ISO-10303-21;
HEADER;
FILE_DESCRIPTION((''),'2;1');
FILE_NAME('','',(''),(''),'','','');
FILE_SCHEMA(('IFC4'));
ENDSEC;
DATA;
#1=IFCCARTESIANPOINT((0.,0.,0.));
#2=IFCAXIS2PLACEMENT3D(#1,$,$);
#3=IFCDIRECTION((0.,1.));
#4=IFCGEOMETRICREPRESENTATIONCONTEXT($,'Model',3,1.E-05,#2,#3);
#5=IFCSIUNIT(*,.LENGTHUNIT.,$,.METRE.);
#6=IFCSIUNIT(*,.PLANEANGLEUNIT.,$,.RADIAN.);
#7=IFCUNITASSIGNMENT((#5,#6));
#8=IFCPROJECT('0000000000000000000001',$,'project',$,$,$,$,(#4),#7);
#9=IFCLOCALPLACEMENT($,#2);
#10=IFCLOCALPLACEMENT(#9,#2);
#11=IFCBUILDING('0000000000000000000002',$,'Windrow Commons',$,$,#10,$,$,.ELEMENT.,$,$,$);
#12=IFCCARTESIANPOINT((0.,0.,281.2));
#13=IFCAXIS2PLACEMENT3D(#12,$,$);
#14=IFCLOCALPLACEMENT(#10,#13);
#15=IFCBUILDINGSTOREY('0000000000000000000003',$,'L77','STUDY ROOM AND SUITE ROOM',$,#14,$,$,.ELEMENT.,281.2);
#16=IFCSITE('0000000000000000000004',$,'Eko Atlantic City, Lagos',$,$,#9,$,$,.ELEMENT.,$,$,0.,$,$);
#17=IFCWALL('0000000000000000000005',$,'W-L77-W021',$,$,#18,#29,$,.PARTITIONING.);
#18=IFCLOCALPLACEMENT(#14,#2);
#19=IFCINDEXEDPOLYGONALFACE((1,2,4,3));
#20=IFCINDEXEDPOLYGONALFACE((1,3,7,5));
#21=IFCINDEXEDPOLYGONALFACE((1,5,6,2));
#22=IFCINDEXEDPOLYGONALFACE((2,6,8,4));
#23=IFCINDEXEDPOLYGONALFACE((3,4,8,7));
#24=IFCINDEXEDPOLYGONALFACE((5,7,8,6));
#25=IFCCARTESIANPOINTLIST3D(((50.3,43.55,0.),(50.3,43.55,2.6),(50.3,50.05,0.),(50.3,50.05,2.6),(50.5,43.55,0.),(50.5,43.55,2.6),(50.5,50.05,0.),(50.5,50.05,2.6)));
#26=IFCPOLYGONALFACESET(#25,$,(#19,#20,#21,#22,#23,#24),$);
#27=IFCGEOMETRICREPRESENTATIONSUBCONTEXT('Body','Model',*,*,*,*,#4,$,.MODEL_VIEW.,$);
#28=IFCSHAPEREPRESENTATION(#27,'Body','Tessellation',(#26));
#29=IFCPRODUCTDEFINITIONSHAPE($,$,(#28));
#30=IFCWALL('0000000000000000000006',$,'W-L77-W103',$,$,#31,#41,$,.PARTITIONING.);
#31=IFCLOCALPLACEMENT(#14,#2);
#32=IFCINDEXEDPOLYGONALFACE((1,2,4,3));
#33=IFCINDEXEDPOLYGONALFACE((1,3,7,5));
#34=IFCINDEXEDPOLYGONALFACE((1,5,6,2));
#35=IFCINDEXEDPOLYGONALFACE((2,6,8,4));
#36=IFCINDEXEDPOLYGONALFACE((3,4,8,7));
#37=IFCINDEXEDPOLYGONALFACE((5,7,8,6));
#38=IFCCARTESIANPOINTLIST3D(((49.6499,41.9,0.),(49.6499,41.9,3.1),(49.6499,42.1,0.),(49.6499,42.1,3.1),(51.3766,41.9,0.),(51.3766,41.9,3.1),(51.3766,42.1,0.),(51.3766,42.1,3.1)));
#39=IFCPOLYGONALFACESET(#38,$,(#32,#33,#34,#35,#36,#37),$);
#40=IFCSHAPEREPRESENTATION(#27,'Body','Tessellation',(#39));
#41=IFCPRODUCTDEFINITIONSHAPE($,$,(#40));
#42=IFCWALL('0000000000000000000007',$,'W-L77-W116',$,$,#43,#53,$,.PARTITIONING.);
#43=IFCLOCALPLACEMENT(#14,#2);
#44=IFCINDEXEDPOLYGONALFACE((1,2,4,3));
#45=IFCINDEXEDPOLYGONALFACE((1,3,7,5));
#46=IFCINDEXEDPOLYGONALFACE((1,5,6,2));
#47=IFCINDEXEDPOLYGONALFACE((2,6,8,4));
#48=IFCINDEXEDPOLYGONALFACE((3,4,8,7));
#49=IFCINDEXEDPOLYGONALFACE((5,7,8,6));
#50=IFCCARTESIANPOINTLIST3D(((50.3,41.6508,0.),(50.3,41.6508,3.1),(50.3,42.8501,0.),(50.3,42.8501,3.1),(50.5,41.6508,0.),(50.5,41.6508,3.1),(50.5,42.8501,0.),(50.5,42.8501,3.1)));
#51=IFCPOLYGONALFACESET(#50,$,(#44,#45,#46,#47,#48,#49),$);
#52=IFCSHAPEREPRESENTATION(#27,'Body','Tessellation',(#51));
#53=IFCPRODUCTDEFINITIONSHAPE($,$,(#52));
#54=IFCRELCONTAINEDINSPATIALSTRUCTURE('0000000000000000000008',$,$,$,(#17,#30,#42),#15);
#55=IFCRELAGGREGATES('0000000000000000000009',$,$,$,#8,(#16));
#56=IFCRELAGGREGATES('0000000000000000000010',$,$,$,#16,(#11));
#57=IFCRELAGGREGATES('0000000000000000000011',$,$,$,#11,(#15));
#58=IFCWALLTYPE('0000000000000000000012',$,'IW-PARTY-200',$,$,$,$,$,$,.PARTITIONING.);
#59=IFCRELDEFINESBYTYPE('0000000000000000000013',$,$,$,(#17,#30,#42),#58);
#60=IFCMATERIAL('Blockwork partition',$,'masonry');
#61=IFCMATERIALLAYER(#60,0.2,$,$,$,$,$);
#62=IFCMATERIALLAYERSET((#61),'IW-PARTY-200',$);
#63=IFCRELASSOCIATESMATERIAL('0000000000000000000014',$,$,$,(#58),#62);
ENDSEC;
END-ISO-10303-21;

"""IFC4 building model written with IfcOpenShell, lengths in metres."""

from ifc_helpers import new_model, si_unit, direction, frame, frame_2d, origin, place, context, subcontext, project, spatial, rectangle, extrude, material, layer, layer_set, type_object, element, save


model = new_model("IFC4")

# Units and contexts
model_context = context("Model", 3, precision=1e-05, world=origin(), true_north=direction((0.0, 1.0)))
body_context = subcontext(model_context, "Body", "Model", "MODEL_VIEW")
ifc_project = project(units=[si_unit("LENGTHUNIT", "METRE"), si_unit("PLANEANGLEUNIT", "RADIAN")], contexts=[model_context])

# Site, building, storey
site_placement = place(None, origin())
site = spatial("IfcSite", under=ifc_project, at=site_placement, Name="Eko Atlantic City, Lagos", CompositionType="ELEMENT", RefElevation=0.0)
building_placement = place(site_placement, origin())
building = spatial("IfcBuilding", under=site, at=building_placement, Name="Windrow Commons", CompositionType="ELEMENT")
storey_placement = place(building_placement, frame((0.0, 0.0, 281.2)))
storey = spatial("IfcBuildingStorey", under=building, at=storey_placement, Name="L77", Description="STUDY ROOM AND SUITE ROOM", CompositionType="ELEMENT", Elevation=281.2)

# Walls
ifc_material_1 = material(Name="Blockwork partition", Category="masonry")
ifc_layer_1 = layer(ifc_material_1, 0.2)
ifc_layer_set_1 = layer_set([ifc_layer_1], Name="IW-PARTY-200")
wall_type_1 = type_object("IfcWallType", Name="IW-PARTY-200", PredefinedType="PARTITIONING", material=ifc_layer_set_1)
wall_1_placement = place(storey_placement, frame((50.4, 43.55, 0.0), z_axis=(0.0, 0.0, 1.0), x_axis=(0.0, 1.0, 0.0)))
element("IfcWall", 1, at=wall_1_placement, inside=storey, type_object=wall_type_1, Name="W-L77-W021", PredefinedType="PARTITIONING", context=body_context, shape_type="SweptSolid", body=[
    extrude(rectangle(XDim=6.5, YDim=0.2, at=frame_2d((3.25, 0.0))), origin(), (0.0, 0.0, 1.0), 2.6),
])
wall_2_placement = place(storey_placement, frame((49.65, 42.0, 0.0), z_axis=(0.0, 0.0, 1.0), x_axis=(1.0, 0.0, 0.0)))
element("IfcWall", 2, at=wall_2_placement, inside=storey, type_object=wall_type_1, Name="W-L77-W103", PredefinedType="PARTITIONING", context=body_context, shape_type="SweptSolid", body=[
    extrude(rectangle(XDim=1.7267, YDim=0.2, at=frame_2d((0.8633, 0.0))), origin(), (0.0, 0.0, 1.0), 3.1),
])
wall_3_placement = place(storey_placement, frame((50.4, 41.6507, 0.0), z_axis=(0.0, 0.0, 1.0), x_axis=(0.0, 1.0, 0.0)))
element("IfcWall", 3, at=wall_3_placement, inside=storey, type_object=wall_type_1, Name="W-L77-W116", PredefinedType="PARTITIONING", context=body_context, shape_type="SweptSolid", body=[
    extrude(rectangle(XDim=1.1993, YDim=0.2, at=frame_2d((0.5997, 0.0))), origin(), (0.0, 0.0, 1.0), 3.1),
])

save(model, "model.ifc")
